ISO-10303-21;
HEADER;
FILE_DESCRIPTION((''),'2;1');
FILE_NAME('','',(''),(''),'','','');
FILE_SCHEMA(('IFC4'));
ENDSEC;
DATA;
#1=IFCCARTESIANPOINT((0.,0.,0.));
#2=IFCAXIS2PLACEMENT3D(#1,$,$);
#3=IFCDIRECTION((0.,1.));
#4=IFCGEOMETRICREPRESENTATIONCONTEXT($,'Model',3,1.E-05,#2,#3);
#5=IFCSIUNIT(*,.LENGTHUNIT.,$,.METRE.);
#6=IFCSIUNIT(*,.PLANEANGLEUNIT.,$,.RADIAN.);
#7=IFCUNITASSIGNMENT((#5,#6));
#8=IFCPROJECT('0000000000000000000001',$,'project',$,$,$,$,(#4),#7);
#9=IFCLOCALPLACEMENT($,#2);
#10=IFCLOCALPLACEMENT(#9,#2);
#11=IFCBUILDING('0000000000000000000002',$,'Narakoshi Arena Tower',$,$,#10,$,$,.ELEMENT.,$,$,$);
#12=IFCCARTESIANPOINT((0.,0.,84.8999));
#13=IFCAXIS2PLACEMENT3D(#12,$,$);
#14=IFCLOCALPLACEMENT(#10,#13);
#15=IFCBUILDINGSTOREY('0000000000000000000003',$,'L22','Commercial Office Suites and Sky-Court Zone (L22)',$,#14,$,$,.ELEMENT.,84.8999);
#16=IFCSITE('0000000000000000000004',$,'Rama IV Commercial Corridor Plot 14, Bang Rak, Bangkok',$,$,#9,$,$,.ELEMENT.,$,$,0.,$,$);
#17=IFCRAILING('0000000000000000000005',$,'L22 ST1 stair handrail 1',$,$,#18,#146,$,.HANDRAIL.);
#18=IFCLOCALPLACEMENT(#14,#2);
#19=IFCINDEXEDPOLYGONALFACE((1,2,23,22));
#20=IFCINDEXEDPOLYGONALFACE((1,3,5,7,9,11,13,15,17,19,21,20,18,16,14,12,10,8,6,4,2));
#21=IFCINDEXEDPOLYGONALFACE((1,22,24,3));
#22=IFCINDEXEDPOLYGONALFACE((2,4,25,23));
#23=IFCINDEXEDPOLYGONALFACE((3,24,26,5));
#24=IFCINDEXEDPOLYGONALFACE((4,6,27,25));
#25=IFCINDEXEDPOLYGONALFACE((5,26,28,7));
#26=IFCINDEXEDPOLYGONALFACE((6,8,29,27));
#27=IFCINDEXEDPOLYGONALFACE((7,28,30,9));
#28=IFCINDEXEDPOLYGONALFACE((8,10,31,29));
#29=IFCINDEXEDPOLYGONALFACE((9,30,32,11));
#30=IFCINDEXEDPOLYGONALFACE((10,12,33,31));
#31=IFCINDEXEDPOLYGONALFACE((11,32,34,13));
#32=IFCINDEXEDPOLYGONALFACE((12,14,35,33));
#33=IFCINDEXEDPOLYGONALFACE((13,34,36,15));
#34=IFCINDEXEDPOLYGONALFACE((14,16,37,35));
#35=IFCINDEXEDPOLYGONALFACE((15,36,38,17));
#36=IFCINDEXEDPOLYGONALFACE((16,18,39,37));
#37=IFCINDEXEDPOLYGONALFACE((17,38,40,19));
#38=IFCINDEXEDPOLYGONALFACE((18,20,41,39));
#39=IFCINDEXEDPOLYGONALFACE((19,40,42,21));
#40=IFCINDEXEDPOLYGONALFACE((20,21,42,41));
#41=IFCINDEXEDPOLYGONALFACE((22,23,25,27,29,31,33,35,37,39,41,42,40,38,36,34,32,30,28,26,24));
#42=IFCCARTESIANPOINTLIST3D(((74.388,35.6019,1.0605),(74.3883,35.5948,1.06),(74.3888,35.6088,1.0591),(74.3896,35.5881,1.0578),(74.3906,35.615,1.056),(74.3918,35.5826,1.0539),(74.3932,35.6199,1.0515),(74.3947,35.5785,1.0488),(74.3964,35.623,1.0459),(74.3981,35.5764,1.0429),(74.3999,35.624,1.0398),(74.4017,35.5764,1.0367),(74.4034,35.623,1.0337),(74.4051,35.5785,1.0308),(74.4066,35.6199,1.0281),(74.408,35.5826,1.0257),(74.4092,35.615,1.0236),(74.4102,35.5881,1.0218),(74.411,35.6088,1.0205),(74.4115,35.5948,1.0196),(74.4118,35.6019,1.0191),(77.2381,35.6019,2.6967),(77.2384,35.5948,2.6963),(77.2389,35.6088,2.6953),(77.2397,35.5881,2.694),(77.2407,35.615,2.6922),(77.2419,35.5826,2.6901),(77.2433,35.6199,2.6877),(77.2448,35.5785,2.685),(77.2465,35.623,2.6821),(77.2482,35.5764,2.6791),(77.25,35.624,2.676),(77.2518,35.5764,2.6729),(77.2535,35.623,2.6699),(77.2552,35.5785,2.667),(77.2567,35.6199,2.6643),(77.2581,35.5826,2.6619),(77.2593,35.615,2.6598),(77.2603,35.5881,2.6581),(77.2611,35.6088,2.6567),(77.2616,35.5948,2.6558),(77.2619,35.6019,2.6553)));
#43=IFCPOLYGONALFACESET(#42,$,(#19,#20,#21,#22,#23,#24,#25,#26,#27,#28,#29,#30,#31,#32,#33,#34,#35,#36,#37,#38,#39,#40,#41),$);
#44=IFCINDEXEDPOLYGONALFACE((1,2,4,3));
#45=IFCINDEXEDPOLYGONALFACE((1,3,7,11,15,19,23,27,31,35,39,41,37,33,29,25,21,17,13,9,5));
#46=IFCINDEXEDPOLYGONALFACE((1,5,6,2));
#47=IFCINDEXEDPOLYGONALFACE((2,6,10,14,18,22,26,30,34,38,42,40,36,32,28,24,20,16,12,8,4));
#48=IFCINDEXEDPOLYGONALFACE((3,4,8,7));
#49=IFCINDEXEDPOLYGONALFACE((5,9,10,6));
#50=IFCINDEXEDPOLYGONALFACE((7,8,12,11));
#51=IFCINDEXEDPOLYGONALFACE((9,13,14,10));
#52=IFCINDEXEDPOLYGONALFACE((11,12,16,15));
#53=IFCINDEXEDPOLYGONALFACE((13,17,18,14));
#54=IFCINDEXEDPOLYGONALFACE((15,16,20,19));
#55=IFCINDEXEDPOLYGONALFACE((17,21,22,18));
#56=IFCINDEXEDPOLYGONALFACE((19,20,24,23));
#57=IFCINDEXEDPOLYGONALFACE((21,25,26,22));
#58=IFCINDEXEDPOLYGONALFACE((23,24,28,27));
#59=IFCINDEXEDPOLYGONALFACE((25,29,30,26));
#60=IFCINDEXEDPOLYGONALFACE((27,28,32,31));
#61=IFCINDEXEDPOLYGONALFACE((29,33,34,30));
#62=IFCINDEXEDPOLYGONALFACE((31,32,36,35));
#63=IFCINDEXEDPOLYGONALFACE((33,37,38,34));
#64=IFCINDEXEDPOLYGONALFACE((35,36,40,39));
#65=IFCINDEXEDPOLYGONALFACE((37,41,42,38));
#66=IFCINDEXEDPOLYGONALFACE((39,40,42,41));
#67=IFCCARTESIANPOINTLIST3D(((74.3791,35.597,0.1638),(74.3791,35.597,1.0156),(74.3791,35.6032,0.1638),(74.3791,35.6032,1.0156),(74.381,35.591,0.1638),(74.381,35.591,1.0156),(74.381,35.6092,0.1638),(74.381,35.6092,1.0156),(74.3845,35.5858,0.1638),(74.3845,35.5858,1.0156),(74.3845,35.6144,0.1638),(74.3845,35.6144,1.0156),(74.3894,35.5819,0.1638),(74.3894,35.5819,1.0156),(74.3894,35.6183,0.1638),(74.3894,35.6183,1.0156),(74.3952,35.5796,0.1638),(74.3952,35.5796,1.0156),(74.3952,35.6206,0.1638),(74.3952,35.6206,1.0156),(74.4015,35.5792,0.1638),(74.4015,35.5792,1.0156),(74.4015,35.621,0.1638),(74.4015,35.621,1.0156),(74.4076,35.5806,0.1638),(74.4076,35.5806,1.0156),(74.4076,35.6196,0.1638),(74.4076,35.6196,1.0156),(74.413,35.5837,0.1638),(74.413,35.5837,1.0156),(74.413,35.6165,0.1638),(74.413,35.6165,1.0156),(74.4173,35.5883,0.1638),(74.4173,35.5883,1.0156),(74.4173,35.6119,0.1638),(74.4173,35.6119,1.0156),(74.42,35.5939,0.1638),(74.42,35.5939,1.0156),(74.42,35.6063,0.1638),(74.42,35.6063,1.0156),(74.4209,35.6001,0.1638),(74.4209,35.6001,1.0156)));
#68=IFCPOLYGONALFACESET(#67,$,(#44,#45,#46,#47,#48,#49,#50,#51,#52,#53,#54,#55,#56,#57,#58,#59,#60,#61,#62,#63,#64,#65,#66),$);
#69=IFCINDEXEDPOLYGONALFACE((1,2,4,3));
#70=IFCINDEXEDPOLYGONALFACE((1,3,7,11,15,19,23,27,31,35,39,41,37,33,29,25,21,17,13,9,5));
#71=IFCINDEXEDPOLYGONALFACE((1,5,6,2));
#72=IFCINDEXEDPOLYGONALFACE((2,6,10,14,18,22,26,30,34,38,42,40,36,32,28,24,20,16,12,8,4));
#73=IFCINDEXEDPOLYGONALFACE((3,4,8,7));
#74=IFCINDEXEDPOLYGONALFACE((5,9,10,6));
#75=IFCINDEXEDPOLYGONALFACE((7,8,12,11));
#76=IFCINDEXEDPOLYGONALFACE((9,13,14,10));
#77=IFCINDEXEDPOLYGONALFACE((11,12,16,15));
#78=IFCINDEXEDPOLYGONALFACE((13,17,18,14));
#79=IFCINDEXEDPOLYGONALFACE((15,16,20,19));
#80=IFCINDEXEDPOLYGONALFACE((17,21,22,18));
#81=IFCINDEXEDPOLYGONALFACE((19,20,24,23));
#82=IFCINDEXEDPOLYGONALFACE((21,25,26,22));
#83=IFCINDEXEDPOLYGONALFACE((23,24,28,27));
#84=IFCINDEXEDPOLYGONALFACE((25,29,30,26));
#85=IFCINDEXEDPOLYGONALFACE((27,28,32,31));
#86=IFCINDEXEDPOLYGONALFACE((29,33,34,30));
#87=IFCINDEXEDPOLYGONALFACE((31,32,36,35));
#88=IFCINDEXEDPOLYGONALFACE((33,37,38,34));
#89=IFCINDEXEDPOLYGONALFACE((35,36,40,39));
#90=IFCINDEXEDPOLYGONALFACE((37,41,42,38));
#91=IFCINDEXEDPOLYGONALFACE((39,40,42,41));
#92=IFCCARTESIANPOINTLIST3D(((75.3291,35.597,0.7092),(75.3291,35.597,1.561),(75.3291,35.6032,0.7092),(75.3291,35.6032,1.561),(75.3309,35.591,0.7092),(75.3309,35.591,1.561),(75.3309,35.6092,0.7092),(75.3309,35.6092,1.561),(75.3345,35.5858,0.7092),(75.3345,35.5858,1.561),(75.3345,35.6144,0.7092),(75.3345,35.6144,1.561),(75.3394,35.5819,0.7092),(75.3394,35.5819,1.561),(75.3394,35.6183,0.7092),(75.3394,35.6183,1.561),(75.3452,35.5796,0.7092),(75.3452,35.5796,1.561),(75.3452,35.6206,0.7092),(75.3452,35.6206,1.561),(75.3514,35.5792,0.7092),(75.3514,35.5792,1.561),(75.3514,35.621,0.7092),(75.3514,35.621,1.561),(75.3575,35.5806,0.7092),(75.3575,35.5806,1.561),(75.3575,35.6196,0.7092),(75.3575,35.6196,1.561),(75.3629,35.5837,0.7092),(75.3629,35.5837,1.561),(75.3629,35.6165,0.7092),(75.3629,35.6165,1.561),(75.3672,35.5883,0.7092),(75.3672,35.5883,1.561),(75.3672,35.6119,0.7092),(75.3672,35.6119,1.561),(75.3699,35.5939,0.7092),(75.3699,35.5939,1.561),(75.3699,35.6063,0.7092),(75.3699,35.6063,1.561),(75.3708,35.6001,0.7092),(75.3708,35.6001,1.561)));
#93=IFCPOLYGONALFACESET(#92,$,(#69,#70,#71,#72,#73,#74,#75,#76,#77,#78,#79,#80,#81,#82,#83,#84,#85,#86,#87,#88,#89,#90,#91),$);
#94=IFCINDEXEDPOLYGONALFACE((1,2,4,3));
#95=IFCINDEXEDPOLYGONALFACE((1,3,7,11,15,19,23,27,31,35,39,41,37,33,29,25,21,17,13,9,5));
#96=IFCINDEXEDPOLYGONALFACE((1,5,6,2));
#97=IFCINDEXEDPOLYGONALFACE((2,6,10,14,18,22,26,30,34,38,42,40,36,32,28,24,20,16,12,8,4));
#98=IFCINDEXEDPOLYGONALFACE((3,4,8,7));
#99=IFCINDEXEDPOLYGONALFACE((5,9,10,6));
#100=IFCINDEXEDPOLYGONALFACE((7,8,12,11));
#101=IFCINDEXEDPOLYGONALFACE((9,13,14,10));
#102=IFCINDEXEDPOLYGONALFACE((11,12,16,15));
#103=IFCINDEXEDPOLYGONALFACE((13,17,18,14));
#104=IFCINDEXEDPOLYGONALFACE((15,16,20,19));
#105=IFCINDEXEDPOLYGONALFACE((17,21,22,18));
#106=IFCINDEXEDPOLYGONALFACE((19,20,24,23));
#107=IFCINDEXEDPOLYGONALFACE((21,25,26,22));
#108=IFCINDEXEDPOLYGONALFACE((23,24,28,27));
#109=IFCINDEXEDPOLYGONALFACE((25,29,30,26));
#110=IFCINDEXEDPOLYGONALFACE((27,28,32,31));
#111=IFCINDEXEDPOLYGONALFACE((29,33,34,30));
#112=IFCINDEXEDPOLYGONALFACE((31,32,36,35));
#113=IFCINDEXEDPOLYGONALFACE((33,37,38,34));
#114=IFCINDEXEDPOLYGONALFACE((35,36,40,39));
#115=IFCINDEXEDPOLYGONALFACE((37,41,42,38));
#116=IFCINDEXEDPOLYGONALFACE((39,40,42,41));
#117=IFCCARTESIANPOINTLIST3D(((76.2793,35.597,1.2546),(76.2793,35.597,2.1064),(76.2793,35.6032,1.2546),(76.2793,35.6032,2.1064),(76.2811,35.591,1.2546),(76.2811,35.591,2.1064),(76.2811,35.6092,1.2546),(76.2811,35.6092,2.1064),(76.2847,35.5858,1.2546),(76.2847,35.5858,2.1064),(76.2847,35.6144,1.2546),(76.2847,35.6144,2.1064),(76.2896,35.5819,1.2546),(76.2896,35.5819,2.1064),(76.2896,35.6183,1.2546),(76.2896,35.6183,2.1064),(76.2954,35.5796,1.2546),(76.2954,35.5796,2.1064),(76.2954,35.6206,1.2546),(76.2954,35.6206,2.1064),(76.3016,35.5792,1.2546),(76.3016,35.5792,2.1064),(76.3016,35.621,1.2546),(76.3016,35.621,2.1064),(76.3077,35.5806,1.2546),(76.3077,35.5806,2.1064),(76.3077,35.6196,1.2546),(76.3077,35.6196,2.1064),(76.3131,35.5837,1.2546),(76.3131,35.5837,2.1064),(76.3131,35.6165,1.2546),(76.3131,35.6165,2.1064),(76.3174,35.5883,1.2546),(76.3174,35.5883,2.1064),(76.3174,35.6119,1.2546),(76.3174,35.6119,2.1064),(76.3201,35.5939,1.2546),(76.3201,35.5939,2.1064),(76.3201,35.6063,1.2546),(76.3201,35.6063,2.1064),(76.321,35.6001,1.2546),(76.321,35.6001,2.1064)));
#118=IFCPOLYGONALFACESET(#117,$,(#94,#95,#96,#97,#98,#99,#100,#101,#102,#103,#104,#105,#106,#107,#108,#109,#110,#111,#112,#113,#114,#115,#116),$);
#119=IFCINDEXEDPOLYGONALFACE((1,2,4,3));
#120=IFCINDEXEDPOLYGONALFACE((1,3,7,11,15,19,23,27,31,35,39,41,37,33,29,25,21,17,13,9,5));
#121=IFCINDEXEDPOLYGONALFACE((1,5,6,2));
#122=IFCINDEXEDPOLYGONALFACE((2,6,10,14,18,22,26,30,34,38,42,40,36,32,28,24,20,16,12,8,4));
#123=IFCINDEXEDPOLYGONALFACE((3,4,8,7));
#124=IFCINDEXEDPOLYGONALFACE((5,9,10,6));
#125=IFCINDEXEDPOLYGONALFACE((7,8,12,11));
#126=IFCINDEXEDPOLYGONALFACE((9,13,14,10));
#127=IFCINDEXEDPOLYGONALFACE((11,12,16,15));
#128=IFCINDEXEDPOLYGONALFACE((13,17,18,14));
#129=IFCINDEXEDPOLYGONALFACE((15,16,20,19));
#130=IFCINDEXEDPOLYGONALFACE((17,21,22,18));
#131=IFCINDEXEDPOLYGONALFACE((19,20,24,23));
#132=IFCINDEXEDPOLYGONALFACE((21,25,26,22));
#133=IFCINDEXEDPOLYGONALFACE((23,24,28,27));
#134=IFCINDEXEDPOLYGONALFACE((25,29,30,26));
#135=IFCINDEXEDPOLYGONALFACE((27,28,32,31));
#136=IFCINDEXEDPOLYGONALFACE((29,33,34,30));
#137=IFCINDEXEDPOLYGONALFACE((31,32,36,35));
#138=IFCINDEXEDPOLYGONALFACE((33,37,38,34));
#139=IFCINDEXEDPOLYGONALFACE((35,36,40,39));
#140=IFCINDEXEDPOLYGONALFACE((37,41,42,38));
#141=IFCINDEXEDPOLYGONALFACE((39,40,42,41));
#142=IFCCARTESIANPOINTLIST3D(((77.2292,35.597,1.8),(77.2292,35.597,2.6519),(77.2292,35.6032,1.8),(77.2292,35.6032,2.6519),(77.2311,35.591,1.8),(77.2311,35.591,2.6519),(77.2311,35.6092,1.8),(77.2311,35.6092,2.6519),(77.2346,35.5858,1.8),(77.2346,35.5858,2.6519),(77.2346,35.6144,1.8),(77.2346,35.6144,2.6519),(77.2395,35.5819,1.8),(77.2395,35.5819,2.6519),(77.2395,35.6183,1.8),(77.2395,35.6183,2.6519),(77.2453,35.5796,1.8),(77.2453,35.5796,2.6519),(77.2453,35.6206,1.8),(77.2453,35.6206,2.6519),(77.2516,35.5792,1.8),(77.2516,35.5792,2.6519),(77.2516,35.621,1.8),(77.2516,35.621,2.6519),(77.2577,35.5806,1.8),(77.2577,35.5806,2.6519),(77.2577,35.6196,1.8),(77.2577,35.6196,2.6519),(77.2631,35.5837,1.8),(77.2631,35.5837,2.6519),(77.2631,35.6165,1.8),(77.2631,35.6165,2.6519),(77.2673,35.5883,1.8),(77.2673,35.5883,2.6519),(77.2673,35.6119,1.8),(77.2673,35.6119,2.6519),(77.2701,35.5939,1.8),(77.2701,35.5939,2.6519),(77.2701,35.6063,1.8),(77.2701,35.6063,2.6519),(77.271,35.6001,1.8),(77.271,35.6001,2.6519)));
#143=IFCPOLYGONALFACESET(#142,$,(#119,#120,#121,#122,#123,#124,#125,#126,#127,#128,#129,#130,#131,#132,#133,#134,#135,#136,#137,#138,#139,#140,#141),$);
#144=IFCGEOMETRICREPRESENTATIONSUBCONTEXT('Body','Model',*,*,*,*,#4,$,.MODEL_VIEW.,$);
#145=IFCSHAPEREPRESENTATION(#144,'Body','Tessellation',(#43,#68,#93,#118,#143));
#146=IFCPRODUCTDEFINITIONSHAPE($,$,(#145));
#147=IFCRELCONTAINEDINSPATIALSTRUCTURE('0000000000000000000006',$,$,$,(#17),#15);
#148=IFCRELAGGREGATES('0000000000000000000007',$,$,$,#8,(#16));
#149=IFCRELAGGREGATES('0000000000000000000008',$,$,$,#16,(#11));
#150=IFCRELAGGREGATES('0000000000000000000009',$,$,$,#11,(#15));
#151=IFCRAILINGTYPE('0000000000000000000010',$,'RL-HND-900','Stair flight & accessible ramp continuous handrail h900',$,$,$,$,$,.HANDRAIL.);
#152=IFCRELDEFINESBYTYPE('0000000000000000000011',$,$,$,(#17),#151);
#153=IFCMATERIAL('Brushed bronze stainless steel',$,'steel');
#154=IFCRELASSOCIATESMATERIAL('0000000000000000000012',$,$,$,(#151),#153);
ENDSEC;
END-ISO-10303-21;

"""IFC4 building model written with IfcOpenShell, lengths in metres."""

from ifc_helpers import new_model, si_unit, direction, frame, origin, origin_2d, place, context, subcontext, project, spatial, circle, extrude, material, type_object, element, save


model = new_model("IFC4")

# Units and contexts
model_context = context("Model", 3, precision=1e-05, world=origin(), true_north=direction((0.0, 1.0)))
body_context = subcontext(model_context, "Body", "Model", "MODEL_VIEW")
ifc_project = project(units=[si_unit("LENGTHUNIT", "METRE"), si_unit("PLANEANGLEUNIT", "RADIAN")], contexts=[model_context])

# Site, building, storey
site_placement = place(None, origin())
site = spatial("IfcSite", under=ifc_project, at=site_placement, Name="Rama IV Commercial Corridor Plot 14, Bang Rak, Bangkok", CompositionType="ELEMENT", RefElevation=0.0)
building_placement = place(site_placement, origin())
building = spatial("IfcBuilding", under=site, at=building_placement, Name="Narakoshi Arena Tower", CompositionType="ELEMENT")
storey_placement = place(building_placement, frame((0.0, 0.0, 84.8999)))
storey = spatial("IfcBuildingStorey", under=building, at=storey_placement, Name="L22", Description="Commercial Office Suites and Sky-Court Zone (L22)", CompositionType="ELEMENT", Elevation=84.8999)

# Railing
ifc_material_1 = material(Name="Brushed bronze stainless steel", Category="steel")
railing_type_1 = type_object("IfcRailingType", Name="RL-HND-900", Description="Stair flight & accessible ramp continuous handrail h900", PredefinedType="HANDRAIL", material=ifc_material_1)
railing_1_placement = place(storey_placement, frame((74.3999, 35.6001, 0.1638)))
element("IfcRailing", 1, at=railing_1_placement, inside=storey, type_object=railing_type_1, Name="L22 ST1 stair handrail 1", PredefinedType="HANDRAIL", context=body_context, shape_type="SweptSolid", body=[
    extrude(circle(Radius=0.0239, at=origin_2d()), frame((0.0, 0.0, 0.876), z_axis=(0.867245, 0.0, 0.497882), x_axis=(0.0, 1.0, 0.0)), (0.0, 0.0, 1.0), 3.2864),
    extrude(circle(Radius=0.021, at=origin_2d()), origin(), (0.0, 0.0, 1.0), 0.8518),
    extrude(circle(Radius=0.021, at=origin_2d()), frame((0.95, 0.0, 0.5454)), (0.0, 0.0, 1.0), 0.8518),
    extrude(circle(Radius=0.021, at=origin_2d()), frame((1.9001, 0.0, 1.0908)), (0.0, 0.0, 1.0), 0.8518),
    extrude(circle(Radius=0.021, at=origin_2d()), frame((2.8501, 0.0, 1.6362)), (0.0, 0.0, 1.0), 0.8518),
])

save(model, "model.ifc")
